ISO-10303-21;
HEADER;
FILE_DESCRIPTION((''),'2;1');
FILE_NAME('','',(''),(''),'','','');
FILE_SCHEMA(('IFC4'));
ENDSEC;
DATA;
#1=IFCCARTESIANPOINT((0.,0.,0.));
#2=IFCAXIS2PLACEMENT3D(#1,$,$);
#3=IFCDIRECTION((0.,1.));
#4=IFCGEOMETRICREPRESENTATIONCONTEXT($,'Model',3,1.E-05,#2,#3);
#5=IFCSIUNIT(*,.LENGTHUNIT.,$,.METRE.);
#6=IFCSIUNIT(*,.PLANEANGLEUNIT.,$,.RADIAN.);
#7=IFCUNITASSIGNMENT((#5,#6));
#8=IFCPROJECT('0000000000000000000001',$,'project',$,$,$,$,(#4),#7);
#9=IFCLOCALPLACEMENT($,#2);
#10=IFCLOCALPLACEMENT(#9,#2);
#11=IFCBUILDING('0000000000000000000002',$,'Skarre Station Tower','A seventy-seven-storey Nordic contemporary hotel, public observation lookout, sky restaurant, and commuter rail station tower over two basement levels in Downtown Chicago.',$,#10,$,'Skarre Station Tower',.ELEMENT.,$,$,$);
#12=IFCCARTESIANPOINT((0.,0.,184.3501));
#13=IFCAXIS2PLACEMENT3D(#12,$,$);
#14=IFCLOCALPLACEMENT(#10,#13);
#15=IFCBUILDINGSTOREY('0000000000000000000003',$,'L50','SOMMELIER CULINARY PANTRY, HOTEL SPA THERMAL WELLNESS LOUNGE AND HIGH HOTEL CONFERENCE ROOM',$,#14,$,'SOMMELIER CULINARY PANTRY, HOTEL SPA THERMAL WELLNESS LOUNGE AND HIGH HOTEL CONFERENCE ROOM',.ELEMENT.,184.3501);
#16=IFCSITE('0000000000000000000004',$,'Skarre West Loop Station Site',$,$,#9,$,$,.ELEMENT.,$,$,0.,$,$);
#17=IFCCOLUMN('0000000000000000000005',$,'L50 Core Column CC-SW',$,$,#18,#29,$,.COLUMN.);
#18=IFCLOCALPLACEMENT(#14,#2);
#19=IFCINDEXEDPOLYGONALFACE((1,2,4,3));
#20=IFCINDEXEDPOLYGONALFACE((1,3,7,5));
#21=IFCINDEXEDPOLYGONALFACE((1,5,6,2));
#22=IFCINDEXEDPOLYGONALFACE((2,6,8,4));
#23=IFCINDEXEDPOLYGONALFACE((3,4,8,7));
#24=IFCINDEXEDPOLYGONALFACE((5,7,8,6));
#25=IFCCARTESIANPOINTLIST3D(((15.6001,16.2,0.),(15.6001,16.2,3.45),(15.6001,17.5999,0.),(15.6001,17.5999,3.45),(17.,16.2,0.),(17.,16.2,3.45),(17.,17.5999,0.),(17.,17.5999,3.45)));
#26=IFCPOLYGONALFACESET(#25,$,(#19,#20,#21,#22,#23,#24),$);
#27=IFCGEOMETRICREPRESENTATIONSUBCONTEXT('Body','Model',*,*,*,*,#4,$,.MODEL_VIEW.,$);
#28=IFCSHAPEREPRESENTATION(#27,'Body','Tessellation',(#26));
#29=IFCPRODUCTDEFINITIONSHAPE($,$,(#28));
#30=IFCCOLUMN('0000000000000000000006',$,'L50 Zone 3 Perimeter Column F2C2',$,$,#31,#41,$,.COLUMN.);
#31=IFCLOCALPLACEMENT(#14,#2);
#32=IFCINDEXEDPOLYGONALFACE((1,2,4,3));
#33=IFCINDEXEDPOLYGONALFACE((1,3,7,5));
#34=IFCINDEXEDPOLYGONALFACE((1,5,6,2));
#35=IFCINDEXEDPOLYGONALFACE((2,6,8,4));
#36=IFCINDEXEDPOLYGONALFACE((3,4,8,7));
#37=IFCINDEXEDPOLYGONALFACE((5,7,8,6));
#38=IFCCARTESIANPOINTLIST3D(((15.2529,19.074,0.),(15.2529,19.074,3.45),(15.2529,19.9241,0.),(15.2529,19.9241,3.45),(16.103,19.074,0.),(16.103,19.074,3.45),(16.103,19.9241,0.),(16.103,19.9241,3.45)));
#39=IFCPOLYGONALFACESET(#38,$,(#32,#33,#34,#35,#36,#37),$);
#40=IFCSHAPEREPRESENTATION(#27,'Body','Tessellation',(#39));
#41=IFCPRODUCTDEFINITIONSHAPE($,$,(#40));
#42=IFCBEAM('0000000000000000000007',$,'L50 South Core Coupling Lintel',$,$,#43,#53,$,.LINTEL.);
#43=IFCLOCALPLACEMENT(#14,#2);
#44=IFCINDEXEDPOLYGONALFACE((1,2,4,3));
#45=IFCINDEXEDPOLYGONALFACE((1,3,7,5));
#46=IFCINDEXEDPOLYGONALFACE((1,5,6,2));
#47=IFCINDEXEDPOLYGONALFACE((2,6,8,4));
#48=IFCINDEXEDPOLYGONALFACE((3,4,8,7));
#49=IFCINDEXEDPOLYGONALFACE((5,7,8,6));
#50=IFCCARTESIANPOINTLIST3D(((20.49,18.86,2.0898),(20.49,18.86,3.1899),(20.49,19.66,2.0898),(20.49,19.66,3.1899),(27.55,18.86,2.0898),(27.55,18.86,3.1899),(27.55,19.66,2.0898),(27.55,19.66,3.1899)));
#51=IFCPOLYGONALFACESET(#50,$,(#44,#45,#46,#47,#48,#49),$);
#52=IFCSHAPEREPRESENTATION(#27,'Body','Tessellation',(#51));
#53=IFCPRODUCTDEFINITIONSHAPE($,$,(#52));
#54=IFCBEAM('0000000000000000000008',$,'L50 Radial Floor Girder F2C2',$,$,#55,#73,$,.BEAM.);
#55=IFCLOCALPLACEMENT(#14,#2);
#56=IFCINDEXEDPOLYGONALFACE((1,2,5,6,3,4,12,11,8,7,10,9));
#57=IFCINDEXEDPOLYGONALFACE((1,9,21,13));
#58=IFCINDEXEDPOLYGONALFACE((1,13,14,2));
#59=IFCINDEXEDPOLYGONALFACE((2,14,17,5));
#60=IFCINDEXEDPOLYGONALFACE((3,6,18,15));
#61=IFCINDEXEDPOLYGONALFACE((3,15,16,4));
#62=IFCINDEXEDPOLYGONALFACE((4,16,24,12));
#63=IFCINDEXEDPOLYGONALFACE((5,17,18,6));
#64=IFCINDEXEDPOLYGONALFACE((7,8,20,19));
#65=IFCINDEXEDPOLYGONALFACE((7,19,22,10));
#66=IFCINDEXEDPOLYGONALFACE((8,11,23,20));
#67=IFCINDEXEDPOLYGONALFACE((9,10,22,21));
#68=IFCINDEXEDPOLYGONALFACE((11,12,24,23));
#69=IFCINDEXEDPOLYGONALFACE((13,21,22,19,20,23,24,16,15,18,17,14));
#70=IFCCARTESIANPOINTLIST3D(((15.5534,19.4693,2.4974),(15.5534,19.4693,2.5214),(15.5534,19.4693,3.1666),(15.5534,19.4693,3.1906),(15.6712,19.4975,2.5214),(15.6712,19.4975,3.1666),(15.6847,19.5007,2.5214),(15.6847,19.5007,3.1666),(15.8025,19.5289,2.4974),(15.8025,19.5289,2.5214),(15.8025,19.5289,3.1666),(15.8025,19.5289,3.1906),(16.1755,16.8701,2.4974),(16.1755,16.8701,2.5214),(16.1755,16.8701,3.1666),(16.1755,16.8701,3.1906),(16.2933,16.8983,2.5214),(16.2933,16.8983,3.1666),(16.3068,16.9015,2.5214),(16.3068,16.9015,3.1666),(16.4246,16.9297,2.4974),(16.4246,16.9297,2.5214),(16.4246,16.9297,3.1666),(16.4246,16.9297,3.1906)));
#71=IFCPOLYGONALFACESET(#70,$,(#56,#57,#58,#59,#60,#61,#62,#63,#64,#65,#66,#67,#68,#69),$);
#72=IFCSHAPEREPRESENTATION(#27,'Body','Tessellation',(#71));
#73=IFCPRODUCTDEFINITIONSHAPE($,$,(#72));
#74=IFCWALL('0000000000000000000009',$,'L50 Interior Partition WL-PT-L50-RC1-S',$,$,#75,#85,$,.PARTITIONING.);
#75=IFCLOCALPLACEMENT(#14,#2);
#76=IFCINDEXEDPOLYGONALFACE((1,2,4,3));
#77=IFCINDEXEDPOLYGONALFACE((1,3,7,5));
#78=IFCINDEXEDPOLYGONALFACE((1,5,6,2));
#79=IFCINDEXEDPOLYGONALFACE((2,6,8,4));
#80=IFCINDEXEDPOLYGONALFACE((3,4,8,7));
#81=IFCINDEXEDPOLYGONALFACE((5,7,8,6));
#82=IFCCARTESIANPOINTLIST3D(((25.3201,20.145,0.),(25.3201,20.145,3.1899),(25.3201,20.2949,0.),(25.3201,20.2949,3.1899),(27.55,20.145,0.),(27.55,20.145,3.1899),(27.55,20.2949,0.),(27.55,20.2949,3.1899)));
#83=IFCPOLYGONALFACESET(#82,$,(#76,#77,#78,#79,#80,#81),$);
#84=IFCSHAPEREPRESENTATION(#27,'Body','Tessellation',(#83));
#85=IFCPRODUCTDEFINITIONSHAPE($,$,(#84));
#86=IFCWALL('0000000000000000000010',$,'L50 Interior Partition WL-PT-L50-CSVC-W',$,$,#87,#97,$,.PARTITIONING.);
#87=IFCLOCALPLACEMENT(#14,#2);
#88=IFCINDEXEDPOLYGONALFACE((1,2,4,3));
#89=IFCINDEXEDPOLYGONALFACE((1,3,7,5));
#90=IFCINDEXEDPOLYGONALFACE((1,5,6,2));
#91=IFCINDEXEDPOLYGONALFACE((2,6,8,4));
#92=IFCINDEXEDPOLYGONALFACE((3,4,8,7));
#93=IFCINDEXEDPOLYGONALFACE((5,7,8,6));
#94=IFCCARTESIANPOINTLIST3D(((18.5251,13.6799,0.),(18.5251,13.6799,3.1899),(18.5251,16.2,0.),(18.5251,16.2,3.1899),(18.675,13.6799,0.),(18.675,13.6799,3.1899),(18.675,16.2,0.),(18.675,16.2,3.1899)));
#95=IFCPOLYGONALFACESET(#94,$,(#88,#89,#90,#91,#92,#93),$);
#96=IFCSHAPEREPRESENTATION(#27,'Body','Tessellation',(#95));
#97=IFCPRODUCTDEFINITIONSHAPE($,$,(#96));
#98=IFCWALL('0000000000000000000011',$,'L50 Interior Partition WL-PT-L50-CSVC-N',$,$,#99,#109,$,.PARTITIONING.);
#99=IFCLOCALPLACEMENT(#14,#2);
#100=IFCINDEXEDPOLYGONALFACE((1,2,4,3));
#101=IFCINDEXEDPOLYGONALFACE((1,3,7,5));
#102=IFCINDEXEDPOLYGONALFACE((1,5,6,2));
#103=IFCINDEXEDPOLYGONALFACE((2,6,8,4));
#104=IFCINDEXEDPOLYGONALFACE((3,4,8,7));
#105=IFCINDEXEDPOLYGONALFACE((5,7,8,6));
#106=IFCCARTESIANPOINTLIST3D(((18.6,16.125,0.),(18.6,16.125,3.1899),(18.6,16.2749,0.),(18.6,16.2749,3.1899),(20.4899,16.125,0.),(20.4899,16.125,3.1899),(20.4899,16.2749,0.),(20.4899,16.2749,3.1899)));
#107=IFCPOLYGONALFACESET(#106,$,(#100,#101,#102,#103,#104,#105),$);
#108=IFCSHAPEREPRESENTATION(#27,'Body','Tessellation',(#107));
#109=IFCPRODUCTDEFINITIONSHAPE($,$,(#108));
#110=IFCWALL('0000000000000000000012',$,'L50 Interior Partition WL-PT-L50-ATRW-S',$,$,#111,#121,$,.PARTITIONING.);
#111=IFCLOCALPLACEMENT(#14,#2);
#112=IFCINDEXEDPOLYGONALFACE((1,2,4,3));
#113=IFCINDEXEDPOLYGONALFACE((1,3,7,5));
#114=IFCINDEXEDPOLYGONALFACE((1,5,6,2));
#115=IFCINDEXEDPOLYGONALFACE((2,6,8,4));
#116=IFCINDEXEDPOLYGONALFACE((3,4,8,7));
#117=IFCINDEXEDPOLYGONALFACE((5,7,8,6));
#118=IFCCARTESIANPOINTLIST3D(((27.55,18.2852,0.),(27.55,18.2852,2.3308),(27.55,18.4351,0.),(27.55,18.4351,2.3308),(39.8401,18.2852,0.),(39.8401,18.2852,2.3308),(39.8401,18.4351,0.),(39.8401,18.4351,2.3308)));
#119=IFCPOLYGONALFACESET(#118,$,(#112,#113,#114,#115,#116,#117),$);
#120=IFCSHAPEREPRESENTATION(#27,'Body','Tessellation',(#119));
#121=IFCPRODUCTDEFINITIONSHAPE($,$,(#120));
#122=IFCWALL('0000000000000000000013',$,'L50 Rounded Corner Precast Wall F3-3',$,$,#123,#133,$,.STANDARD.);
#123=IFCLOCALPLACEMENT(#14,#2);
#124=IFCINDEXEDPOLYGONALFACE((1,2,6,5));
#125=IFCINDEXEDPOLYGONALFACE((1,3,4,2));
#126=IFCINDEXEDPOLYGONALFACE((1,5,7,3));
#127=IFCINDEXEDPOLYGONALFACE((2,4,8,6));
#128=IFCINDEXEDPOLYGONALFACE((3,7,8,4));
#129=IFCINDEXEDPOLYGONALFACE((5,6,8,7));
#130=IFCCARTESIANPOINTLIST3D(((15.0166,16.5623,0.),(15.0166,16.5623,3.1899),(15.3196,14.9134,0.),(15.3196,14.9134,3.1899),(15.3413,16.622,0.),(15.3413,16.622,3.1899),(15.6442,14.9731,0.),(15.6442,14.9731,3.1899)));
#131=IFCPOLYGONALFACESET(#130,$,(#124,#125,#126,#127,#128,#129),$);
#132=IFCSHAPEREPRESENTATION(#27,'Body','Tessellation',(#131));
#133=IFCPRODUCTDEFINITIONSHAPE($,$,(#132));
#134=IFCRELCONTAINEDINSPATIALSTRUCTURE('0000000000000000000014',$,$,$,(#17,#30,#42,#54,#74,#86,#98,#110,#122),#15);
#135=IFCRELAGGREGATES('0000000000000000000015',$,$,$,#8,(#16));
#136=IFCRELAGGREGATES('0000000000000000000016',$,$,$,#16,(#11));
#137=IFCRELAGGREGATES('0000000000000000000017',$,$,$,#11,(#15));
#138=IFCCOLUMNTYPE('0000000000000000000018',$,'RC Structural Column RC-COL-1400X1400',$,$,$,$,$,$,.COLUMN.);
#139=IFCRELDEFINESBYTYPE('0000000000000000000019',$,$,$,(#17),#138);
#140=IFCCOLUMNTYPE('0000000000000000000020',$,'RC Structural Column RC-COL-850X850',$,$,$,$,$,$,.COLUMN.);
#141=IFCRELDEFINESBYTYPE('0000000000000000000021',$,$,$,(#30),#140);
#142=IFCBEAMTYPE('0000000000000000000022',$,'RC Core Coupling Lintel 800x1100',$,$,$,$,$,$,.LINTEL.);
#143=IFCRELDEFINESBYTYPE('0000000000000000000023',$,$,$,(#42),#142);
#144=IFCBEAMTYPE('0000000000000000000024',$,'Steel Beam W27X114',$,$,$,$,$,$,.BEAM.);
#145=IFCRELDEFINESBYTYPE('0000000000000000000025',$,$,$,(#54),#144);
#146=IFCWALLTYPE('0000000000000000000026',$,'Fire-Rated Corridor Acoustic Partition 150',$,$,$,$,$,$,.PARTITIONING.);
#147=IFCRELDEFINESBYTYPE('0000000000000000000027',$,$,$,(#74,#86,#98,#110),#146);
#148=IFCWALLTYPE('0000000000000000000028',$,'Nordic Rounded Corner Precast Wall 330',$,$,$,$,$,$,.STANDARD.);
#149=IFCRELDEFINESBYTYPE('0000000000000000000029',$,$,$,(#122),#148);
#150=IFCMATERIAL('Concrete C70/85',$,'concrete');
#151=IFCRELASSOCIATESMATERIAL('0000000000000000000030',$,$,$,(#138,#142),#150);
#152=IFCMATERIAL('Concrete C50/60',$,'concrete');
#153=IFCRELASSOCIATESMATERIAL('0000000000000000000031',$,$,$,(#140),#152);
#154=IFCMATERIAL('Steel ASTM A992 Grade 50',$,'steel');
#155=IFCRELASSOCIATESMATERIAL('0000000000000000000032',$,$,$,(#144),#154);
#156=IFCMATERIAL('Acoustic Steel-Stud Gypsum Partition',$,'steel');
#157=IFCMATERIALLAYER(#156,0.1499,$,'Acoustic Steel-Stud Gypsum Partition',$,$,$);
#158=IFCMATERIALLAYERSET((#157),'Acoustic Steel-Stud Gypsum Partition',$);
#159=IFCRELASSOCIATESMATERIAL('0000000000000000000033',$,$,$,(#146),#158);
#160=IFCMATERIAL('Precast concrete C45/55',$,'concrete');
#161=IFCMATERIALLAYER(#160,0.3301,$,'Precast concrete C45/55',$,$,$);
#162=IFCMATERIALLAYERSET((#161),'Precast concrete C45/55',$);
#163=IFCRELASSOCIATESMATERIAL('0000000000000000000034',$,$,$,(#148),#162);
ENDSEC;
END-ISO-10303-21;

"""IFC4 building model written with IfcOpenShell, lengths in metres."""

from ifc_helpers import new_model, si_unit, direction, frame, frame_2d, origin, origin_2d, place, context, subcontext, project, spatial, rectangle, i_section, extrude, material, layer, layer_set, material_profile, profile_set, type_object, element, save


model = new_model("IFC4")

# Units and contexts
model_context = context("Model", 3, precision=1e-05, world=origin(), true_north=direction((0.0, 1.0)))
body_context = subcontext(model_context, "Body", "Model", "MODEL_VIEW")
ifc_project = project(units=[si_unit("LENGTHUNIT", "METRE"), si_unit("PLANEANGLEUNIT", "RADIAN")], contexts=[model_context])

# Site, building, storey
site_placement = place(None, origin())
site = spatial("IfcSite", under=ifc_project, at=site_placement, Name="Skarre West Loop Station Site", CompositionType="ELEMENT", RefElevation=0.0)
building_placement = place(site_placement, origin())
building = spatial("IfcBuilding", under=site, at=building_placement, Name="Skarre Station Tower", Description="A seventy-seven-storey Nordic contemporary hotel, public observation lookout, sky restaurant, and commuter rail station tower over two basement levels in Downtown Chicago.", LongName="Skarre Station Tower", CompositionType="ELEMENT")
storey_placement = place(building_placement, frame((0.0, 0.0, 184.3501)))
storey = spatial("IfcBuildingStorey", under=building, at=storey_placement, Name="L50", Description="SOMMELIER CULINARY PANTRY, HOTEL SPA THERMAL WELLNESS LOUNGE AND HIGH HOTEL CONFERENCE ROOM", LongName="SOMMELIER CULINARY PANTRY, HOTEL SPA THERMAL WELLNESS LOUNGE AND HIGH HOTEL CONFERENCE ROOM", CompositionType="ELEMENT", Elevation=184.3501)

# Columns
ifc_material_1 = material(Name="Concrete C70/85", Category="concrete")
ifc_material_profile_1 = material_profile(ifc_material_1, rectangle(XDim=1.3999, YDim=1.3999, at=origin_2d()), Name="Concrete C70/85")
ifc_profile_set_1 = profile_set([ifc_material_profile_1], Name="Concrete C70/85")
column_type_1 = type_object("IfcColumnType", Name="RC Structural Column RC-COL-1400X1400", PredefinedType="COLUMN", material=ifc_profile_set_1)
column_1_placement = place(storey_placement, frame((16.3, 16.8999, 0.0), z_axis=(0.0, 0.0, 1.0), x_axis=(1.0, 0.0, 0.0)))
element("IfcColumn", 1, at=column_1_placement, inside=storey, type_object=column_type_1, Name="L50 Core Column CC-SW", PredefinedType="COLUMN", context=body_context, shape_type="SweptSolid", body=[
    extrude(rectangle(XDim=1.3999, YDim=1.3999, at=origin_2d()), origin(), (0.0, 0.0, 1.0), 3.45),
])
ifc_material_2 = material(Name="Concrete C50/60", Category="concrete")
ifc_material_profile_2 = material_profile(ifc_material_2, rectangle(XDim=0.8501, YDim=0.8501, at=origin_2d()), Name="Concrete C50/60")
ifc_profile_set_2 = profile_set([ifc_material_profile_2], Name="Concrete C50/60")
column_type_2 = type_object("IfcColumnType", Name="RC Structural Column RC-COL-850X850", PredefinedType="COLUMN", material=ifc_profile_set_2)
column_2_placement = place(storey_placement, frame((15.678, 19.499, 0.0), z_axis=(0.0, 0.0, 1.0), x_axis=(1.0, 0.0, 0.0)))
element("IfcColumn", 2, at=column_2_placement, inside=storey, type_object=column_type_2, Name="L50 Zone 3 Perimeter Column F2C2", PredefinedType="COLUMN", context=body_context, shape_type="SweptSolid", body=[
    extrude(rectangle(XDim=0.8501, YDim=0.8501, at=origin_2d()), origin(), (0.0, 0.0, 1.0), 3.45),
])

# Beams
ifc_material_profile_3 = material_profile(ifc_material_1, rectangle(XDim=0.8, YDim=1.1001, at=origin_2d()), Name="Concrete C70/85")
ifc_profile_set_3 = profile_set([ifc_material_profile_3], Name="Concrete C70/85")
beam_type_1 = type_object("IfcBeamType", Name="RC Core Coupling Lintel 800x1100", PredefinedType="LINTEL", material=ifc_profile_set_3)
beam_1_placement = place(storey_placement, frame((20.49, 19.26, 2.6399), z_axis=(1.0, 0.0, 0.0), x_axis=(0.0, 1.0, 0.0)))
element("IfcBeam", 3, at=beam_1_placement, inside=storey, type_object=beam_type_1, Name="L50 South Core Coupling Lintel", PredefinedType="LINTEL", context=body_context, shape_type="SweptSolid", body=[
    extrude(rectangle(XDim=0.8, YDim=1.1001, at=origin_2d()), origin(), (0.0, 0.0, 1.0), 7.0601),
])
ifc_material_3 = material(Name="Steel ASTM A992 Grade 50", Category="steel")
ifc_material_profile_4 = material_profile(ifc_material_3, i_section(OverallWidth=0.2561, OverallDepth=0.6931, WebThickness=0.0139, FlangeThickness=0.0239, at=origin_2d()), Name="Steel ASTM A992 Grade 50")
ifc_profile_set_4 = profile_set([ifc_material_profile_4], Name="Steel ASTM A992 Grade 50")
beam_type_2 = type_object("IfcBeamType", Name="Steel Beam W27X114", PredefinedType="BEAM", material=ifc_profile_set_4)
beam_2_placement = place(storey_placement, frame((16.3, 16.8999, 2.844), z_axis=(-0.232765, 0.972533, 0.0), x_axis=(-0.972533, -0.232765, 0.0)))
element("IfcBeam", 4, at=beam_2_placement, inside=storey, type_object=beam_type_2, Name="L50 Radial Floor Girder F2C2", PredefinedType="BEAM", context=body_context, shape_type="SweptSolid", body=[
    extrude(i_section(OverallWidth=0.2561, OverallDepth=0.6931, WebThickness=0.0139, FlangeThickness=0.0239, at=origin_2d()), origin(), (0.0, 0.0, 1.0), 2.6726),
])

# Walls
ifc_material_4 = material(Name="Acoustic Steel-Stud Gypsum Partition", Category="steel")
ifc_layer_1 = layer(ifc_material_4, 0.1499, Name="Acoustic Steel-Stud Gypsum Partition")
ifc_layer_set_1 = layer_set([ifc_layer_1], Name="Acoustic Steel-Stud Gypsum Partition")
wall_type_1 = type_object("IfcWallType", Name="Fire-Rated Corridor Acoustic Partition 150", PredefinedType="PARTITIONING", material=ifc_layer_set_1)
wall_1_placement = place(storey_placement, frame((25.3201, 20.22, 0.0), z_axis=(0.0, 0.0, 1.0), x_axis=(1.0, 0.0, 0.0)))
element("IfcWall", 5, at=wall_1_placement, inside=storey, type_object=wall_type_1, Name="L50 Interior Partition WL-PT-L50-RC1-S", PredefinedType="PARTITIONING", context=body_context, shape_type="SweptSolid", body=[
    extrude(rectangle(XDim=2.23, YDim=0.1499, at=frame_2d((1.115, 0.0))), origin(), (0.0, 0.0, 1.0), 3.1899),
])
wall_2_placement = place(storey_placement, frame((18.6001, 16.2, 0.0), z_axis=(0.0, 0.0, 1.0), x_axis=(0.0, -1.0, 0.0)))
element("IfcWall", 6, at=wall_2_placement, inside=storey, type_object=wall_type_1, Name="L50 Interior Partition WL-PT-L50-CSVC-W", PredefinedType="PARTITIONING", context=body_context, shape_type="SweptSolid", body=[
    extrude(rectangle(XDim=2.52, YDim=0.1499, at=frame_2d((1.26, 0.0))), origin(), (0.0, 0.0, 1.0), 3.1899),
])
wall_3_placement = place(storey_placement, frame((18.6001, 16.2, 0.0), z_axis=(0.0, 0.0, 1.0), x_axis=(1.0, 0.0, 0.0)))
element("IfcWall", 7, at=wall_3_placement, inside=storey, type_object=wall_type_1, Name="L50 Interior Partition WL-PT-L50-CSVC-N", PredefinedType="PARTITIONING", context=body_context, shape_type="SweptSolid", body=[
    extrude(rectangle(XDim=1.8899, YDim=0.1499, at=frame_2d((0.9448, 0.0))), origin(), (0.0, 0.0, 1.0), 3.1899),
])
wall_4_placement = place(storey_placement, frame((27.55, 18.3601, 0.0), z_axis=(0.0, 0.0, 1.0), x_axis=(1.0, 0.0, 0.0)))
element("IfcWall", 8, at=wall_4_placement, inside=storey, type_object=wall_type_1, Name="L50 Interior Partition WL-PT-L50-ATRW-S", PredefinedType="PARTITIONING", context=body_context, shape_type="SweptSolid", body=[
    extrude(rectangle(XDim=12.29, YDim=0.1499, at=frame_2d((6.145, 0.0))), origin(), (0.0, 0.0, 1.0), 2.3308),
])
ifc_material_5 = material(Name="Precast concrete C45/55", Category="concrete")
ifc_layer_2 = layer(ifc_material_5, 0.3301, Name="Precast concrete C45/55")
ifc_layer_set_2 = layer_set([ifc_layer_2], Name="Precast concrete C45/55")
wall_type_2 = type_object("IfcWallType", Name="Nordic Rounded Corner Precast Wall 330", PredefinedType="STANDARD", material=ifc_layer_set_2)
wall_5_placement = place(storey_placement, frame((15.4819, 14.9431, 0.0), z_axis=(0.0, 0.0, 1.0), x_axis=(-0.180718, 0.983535, 0.0)))
element("IfcWall", 9, at=wall_5_placement, inside=storey, type_object=wall_type_2, Name="L50 Rounded Corner Precast Wall F3-3", PredefinedType="STANDARD", context=body_context, shape_type="SweptSolid", body=[
    extrude(rectangle(XDim=1.6765, YDim=0.3301, at=frame_2d((0.8384, 0.0))), origin(), (0.0, 0.0, 1.0), 3.1899),
])

save(model, "model.ifc")
